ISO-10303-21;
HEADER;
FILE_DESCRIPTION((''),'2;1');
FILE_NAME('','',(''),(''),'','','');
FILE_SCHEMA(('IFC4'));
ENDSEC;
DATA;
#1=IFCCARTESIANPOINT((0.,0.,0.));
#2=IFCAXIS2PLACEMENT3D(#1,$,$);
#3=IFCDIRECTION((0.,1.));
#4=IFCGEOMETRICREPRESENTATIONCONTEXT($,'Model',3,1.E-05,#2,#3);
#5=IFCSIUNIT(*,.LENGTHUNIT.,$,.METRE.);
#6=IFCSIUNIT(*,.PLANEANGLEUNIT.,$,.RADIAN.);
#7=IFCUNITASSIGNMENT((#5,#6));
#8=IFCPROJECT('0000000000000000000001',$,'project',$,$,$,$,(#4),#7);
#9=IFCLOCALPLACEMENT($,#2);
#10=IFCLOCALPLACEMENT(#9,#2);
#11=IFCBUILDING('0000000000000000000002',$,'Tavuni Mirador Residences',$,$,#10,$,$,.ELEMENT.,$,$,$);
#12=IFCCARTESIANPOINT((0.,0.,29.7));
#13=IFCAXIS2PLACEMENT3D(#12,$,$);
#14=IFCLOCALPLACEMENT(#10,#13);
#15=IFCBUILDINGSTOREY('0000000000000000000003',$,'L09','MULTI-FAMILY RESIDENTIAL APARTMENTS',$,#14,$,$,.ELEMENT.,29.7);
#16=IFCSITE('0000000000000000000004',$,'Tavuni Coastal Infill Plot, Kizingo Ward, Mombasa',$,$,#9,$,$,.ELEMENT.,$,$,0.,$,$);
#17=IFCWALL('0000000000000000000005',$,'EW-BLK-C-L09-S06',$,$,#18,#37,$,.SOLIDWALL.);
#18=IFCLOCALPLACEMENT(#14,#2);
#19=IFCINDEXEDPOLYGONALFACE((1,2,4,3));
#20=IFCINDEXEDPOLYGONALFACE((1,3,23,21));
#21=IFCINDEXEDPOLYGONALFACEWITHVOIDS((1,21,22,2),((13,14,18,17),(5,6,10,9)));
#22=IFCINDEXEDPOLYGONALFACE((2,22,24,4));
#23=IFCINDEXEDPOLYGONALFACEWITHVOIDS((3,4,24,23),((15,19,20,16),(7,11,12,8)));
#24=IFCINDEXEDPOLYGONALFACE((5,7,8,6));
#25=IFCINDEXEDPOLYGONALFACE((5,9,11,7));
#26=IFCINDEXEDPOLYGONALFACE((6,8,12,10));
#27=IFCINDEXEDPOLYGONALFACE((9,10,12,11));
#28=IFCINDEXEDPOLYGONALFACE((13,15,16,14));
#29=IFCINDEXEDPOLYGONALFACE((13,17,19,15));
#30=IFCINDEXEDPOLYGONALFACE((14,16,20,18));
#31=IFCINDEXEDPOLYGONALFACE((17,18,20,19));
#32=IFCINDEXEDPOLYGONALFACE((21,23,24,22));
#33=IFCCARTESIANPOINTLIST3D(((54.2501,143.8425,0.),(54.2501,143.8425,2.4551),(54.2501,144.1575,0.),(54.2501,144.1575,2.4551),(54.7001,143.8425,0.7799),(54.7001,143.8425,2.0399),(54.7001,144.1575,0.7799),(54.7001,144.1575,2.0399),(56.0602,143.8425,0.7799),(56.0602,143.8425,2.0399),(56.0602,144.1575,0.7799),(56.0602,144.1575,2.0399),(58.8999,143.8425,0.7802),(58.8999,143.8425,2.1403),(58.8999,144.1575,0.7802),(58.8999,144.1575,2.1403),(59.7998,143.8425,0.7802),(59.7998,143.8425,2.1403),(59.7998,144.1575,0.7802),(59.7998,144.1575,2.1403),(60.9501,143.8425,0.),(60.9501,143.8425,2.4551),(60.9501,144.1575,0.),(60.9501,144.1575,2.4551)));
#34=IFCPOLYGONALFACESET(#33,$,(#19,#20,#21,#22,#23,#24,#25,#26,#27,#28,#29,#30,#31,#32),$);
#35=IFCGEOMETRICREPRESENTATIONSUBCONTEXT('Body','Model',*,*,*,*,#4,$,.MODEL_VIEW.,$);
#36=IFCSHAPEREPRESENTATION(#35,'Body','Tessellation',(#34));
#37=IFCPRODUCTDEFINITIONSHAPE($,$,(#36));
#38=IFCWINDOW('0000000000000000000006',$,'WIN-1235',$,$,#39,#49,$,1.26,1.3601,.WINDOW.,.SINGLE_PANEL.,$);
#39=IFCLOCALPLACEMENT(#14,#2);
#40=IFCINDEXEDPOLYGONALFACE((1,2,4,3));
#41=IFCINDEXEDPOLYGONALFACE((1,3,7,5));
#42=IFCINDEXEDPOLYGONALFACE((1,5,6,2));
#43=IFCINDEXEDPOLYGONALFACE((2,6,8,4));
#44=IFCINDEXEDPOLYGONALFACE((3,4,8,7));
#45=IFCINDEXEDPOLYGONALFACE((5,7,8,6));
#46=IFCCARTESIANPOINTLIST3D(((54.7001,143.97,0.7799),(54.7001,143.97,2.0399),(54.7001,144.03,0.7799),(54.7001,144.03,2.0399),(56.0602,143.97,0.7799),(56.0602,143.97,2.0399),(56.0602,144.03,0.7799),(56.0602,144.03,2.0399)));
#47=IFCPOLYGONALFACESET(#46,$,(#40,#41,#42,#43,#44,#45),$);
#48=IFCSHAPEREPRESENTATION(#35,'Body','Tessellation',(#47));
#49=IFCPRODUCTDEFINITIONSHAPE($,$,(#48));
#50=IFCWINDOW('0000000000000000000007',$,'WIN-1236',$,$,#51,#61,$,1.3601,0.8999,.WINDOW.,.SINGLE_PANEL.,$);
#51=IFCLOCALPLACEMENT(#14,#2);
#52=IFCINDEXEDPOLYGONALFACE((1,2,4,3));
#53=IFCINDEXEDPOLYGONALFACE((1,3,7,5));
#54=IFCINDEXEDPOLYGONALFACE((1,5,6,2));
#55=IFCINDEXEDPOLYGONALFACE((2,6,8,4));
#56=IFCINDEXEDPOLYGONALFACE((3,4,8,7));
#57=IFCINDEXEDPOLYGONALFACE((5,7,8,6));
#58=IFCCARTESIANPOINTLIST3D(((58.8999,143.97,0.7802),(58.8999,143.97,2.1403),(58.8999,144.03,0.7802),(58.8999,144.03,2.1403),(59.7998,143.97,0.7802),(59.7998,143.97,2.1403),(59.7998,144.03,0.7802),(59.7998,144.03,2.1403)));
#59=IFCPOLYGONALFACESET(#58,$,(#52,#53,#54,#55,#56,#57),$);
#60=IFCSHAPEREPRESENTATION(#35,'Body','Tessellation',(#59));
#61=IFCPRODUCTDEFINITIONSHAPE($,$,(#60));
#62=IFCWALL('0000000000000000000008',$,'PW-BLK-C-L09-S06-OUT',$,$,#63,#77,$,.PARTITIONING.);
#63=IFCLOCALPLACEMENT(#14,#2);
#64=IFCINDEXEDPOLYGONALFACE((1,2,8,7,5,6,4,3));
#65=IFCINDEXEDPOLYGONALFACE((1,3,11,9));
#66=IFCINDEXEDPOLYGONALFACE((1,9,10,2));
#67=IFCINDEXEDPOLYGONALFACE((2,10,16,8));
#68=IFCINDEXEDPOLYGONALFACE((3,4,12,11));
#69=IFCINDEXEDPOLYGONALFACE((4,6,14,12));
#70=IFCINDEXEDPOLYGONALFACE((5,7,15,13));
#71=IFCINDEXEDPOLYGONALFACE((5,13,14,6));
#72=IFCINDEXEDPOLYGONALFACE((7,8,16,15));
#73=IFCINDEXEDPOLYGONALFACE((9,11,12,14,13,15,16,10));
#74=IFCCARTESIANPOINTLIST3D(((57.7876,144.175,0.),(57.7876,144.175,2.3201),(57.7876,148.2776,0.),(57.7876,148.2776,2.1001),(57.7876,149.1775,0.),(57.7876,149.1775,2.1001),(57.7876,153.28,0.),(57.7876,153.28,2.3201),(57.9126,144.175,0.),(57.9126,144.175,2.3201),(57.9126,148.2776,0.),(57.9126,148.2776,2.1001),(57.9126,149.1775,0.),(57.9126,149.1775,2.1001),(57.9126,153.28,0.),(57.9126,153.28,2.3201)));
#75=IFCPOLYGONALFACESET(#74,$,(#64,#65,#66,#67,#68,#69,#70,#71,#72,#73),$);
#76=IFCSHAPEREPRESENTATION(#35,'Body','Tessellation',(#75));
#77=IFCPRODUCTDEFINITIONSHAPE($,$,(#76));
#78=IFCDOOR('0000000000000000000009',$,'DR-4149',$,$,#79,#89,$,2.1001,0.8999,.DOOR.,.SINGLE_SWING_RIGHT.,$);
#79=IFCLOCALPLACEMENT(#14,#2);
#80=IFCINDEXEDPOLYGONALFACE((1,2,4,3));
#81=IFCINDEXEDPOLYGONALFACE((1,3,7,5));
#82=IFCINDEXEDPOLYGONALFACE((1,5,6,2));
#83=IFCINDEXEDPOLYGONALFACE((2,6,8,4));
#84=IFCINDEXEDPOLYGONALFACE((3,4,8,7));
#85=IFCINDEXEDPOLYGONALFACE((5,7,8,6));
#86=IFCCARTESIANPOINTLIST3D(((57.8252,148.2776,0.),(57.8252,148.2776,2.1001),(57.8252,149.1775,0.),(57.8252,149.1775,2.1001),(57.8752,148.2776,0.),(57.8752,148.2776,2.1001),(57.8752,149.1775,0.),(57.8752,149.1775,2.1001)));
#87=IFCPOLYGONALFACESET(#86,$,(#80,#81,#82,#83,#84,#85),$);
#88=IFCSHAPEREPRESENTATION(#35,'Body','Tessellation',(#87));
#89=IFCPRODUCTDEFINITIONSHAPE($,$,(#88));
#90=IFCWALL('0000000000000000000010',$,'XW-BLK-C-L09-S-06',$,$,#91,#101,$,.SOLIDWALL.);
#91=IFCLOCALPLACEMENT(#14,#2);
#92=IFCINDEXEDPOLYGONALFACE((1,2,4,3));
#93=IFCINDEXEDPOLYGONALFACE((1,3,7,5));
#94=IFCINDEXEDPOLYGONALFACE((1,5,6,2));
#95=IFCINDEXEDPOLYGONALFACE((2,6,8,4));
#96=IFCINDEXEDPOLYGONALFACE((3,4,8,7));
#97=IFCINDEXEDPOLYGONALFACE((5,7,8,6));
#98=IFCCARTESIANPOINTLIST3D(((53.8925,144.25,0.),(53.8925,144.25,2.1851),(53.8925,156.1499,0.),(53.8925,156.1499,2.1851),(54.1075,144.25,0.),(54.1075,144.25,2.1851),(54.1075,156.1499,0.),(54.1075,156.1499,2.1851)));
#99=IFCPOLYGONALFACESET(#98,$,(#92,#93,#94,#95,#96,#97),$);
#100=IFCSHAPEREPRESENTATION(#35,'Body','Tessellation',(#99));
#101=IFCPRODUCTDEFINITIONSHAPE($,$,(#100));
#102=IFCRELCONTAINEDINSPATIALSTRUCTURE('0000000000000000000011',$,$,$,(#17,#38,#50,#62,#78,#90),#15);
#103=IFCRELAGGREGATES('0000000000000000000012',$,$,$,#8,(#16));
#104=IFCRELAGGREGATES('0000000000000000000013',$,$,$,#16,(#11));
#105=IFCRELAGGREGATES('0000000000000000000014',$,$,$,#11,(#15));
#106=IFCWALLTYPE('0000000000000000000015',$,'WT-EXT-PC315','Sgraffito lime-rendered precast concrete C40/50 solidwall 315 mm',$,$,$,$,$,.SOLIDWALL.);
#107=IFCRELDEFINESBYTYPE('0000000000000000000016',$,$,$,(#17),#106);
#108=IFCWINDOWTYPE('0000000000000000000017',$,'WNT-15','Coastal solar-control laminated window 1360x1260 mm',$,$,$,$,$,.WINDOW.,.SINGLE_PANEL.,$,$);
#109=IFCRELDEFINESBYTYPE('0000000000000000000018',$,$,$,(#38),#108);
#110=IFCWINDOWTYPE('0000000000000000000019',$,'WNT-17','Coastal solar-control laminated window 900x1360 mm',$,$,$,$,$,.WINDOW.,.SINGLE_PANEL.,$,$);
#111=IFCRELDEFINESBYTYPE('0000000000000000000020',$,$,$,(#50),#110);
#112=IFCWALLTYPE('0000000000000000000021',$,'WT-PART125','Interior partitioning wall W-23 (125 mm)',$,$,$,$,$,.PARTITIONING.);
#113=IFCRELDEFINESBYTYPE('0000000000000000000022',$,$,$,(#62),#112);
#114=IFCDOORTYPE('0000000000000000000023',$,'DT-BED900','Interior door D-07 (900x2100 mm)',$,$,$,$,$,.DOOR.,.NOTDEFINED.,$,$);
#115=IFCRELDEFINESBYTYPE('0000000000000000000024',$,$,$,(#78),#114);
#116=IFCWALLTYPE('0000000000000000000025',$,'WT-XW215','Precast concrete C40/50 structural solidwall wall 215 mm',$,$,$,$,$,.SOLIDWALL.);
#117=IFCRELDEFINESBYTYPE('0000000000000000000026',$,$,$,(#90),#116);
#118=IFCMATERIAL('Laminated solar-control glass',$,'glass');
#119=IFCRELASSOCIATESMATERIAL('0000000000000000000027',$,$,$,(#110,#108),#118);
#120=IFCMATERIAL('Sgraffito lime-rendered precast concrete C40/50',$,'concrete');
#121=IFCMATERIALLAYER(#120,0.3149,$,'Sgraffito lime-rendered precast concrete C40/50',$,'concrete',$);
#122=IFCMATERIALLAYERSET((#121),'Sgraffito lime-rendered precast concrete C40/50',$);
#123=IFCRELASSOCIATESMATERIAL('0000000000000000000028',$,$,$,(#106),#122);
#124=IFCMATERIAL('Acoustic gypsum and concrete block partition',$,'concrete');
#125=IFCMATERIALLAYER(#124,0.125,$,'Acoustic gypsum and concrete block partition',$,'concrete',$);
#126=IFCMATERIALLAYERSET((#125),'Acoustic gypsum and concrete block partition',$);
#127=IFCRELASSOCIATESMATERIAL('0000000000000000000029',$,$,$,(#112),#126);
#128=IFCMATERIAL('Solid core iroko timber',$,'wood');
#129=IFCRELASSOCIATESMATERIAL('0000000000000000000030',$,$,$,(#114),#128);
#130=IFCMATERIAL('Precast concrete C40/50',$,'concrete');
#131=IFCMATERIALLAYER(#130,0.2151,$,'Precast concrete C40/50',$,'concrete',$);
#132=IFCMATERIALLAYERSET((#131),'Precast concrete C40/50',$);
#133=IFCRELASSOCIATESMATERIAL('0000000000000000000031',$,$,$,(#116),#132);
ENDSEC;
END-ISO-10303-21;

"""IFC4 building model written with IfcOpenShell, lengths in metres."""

from ifc_helpers import new_model, si_unit, direction, frame, frame_2d, origin, place, context, subcontext, project, spatial, rectangle, extrude, material, layer, layer_set, type_object, element, fill, save


model = new_model("IFC4")

# Units and contexts
model_context = context("Model", 3, precision=1e-05, world=origin(), true_north=direction((0.0, 1.0)))
body_context = subcontext(model_context, "Body", "Model", "MODEL_VIEW")
ifc_project = project(units=[si_unit("LENGTHUNIT", "METRE"), si_unit("PLANEANGLEUNIT", "RADIAN")], contexts=[model_context])

# Site, building, storey
site_placement = place(None, origin())
site = spatial("IfcSite", under=ifc_project, at=site_placement, Name="Tavuni Coastal Infill Plot, Kizingo Ward, Mombasa", CompositionType="ELEMENT", RefElevation=0.0)
building_placement = place(site_placement, origin())
building = spatial("IfcBuilding", under=site, at=building_placement, Name="Tavuni Mirador Residences", CompositionType="ELEMENT")
storey_placement = place(building_placement, frame((0.0, 0.0, 29.7)))
storey = spatial("IfcBuildingStorey", under=building, at=storey_placement, Name="L09", Description="MULTI-FAMILY RESIDENTIAL APARTMENTS", CompositionType="ELEMENT", Elevation=29.7)

# Shared definitions
ifc_material_1 = material(Name="Precast concrete C40/50", Category="concrete")

# Wall, openings, windows
ifc_material_2 = material(Name="Sgraffito lime-rendered precast concrete C40/50", Category="concrete")
ifc_material_3 = material(Name="Laminated solar-control glass", Category="glass")
window_type_1 = type_object("IfcWindowType", Name="WNT-17", Description="Coastal solar-control laminated window 900x1360 mm", PartitioningType="SINGLE_PANEL", PredefinedType="WINDOW", material=ifc_material_3)
ifc_layer_1 = layer(ifc_material_2, 0.3149, Name="Sgraffito lime-rendered precast concrete C40/50", Category="concrete")
ifc_layer_set_1 = layer_set([ifc_layer_1], Name="Sgraffito lime-rendered precast concrete C40/50")
wall_type_1 = type_object("IfcWallType", Name="WT-EXT-PC315", Description="Sgraffito lime-rendered precast concrete C40/50 solidwall 315 mm", PredefinedType="SOLIDWALL", material=ifc_layer_set_1)
wall_1_placement = place(storey_placement, frame((54.25, 144.0, 0.0), z_axis=(0.0, 0.0, 1.0), x_axis=(1.0, 0.0, 0.0)))
wall_1 = element("IfcWall", 1, at=wall_1_placement, inside=storey, type_object=wall_type_1, Name="EW-BLK-C-L09-S06", PredefinedType="SOLIDWALL", context=body_context, shape_type="SweptSolid", body=[
    extrude(rectangle(XDim=6.7, YDim=0.3149, at=frame_2d((3.3501, 0.0))), origin(), (0.0, 0.0, 1.0), 2.4551),
])
opening_1_placement = place(wall_1_placement, frame((0.45, 0.0, 0.78)))
opening_1 = element("IfcOpeningElement", 2, at=opening_1_placement, cuts=wall_1, PredefinedType="OPENING", context=body_context, shape_type="SweptSolid", body=[
    extrude(rectangle(XDim=1.3601, YDim=1.26, at=frame_2d((0.6802, 0.6299))), frame((0.0, 0.1675, 0.0), z_axis=(0.0, -1.0, 0.0), x_axis=(1.0, 0.0, 0.0)), (0.0, 0.0, 1.0), 0.335),
])
opening_2_placement = place(wall_1_placement, frame((4.6499, 0.0, 0.78)))
opening_2 = element("IfcOpeningElement", 3, at=opening_2_placement, cuts=wall_1, PredefinedType="OPENING", context=body_context, shape_type="SweptSolid", body=[
    extrude(rectangle(XDim=0.8999, YDim=1.3601, at=frame_2d((0.45, 0.6802))), frame((0.0, 0.1675, 0.0), z_axis=(0.0, -1.0, 0.0), x_axis=(1.0, 0.0, 0.0)), (0.0, 0.0, 1.0), 0.335),
])
window_type_2 = type_object("IfcWindowType", Name="WNT-15", Description="Coastal solar-control laminated window 1360x1260 mm", PartitioningType="SINGLE_PANEL", PredefinedType="WINDOW", material=ifc_material_3)
window_1_placement = place(opening_1_placement, origin())
window_1 = element("IfcWindow", 4, at=window_1_placement, inside=storey, type_object=window_type_2, Name="WIN-1235", OverallHeight=1.26, OverallWidth=1.3601, PartitioningType="SINGLE_PANEL", PredefinedType="WINDOW", context=body_context, shape_type="SweptSolid", body=[
    extrude(rectangle(XDim=1.3601, YDim=1.26, at=frame_2d((0.6802, 0.6299))), frame((0.0, 0.03, 0.0), z_axis=(0.0, -1.0, 0.0), x_axis=(1.0, 0.0, 0.0)), (0.0, 0.0, 1.0), 0.0601),
])
fill(opening_1, window_1)
window_2_placement = place(opening_2_placement, origin())
window_2 = element("IfcWindow", 5, at=window_2_placement, inside=storey, type_object=window_type_1, Name="WIN-1236", OverallHeight=1.3601, OverallWidth=0.8999, PartitioningType="SINGLE_PANEL", PredefinedType="WINDOW", context=body_context, shape_type="SweptSolid", body=[
    extrude(rectangle(XDim=0.8999, YDim=1.3601, at=frame_2d((0.45, 0.6802))), frame((0.0, 0.03, 0.0), z_axis=(0.0, -1.0, 0.0), x_axis=(1.0, 0.0, 0.0)), (0.0, 0.0, 1.0), 0.0601),
])
fill(opening_2, window_2)

# Wall, opening, door
ifc_material_4 = material(Name="Acoustic gypsum and concrete block partition", Category="concrete")
ifc_layer_2 = layer(ifc_material_4, 0.125, Name="Acoustic gypsum and concrete block partition", Category="concrete")
ifc_layer_set_2 = layer_set([ifc_layer_2], Name="Acoustic gypsum and concrete block partition")
wall_type_2 = type_object("IfcWallType", Name="WT-PART125", Description="Interior partitioning wall W-23 (125 mm)", PredefinedType="PARTITIONING", material=ifc_layer_set_2)
wall_2_placement = place(storey_placement, frame((57.8501, 144.175, 0.0), z_axis=(0.0, 0.0, 1.0), x_axis=(0.0, 1.0, 0.0)))
wall_2 = element("IfcWall", 6, at=wall_2_placement, inside=storey, type_object=wall_type_2, Name="PW-BLK-C-L09-S06-OUT", PredefinedType="PARTITIONING", context=body_context, shape_type="SweptSolid", body=[
    extrude(rectangle(XDim=9.105, YDim=0.125, at=frame_2d((4.5525, 0.0))), origin(), (0.0, 0.0, 1.0), 2.3201),
])
opening_3_placement = place(wall_2_placement, frame((4.1025, 0.0, 0.0)))
opening_3 = element("IfcOpeningElement", 7, at=opening_3_placement, cuts=wall_2, PredefinedType="OPENING", context=body_context, shape_type="SweptSolid", body=[
    extrude(rectangle(XDim=0.8999, YDim=2.1001, at=frame_2d((0.45, 1.05))), frame((0.0, 0.0725, 0.0), z_axis=(0.0, -1.0, 0.0), x_axis=(1.0, 0.0, 0.0)), (0.0, 0.0, 1.0), 0.145),
])
ifc_material_5 = material(Name="Solid core iroko timber", Category="wood")
door_type = type_object("IfcDoorType", Name="DT-BED900", Description="Interior door D-07 (900x2100 mm)", OperationType="NOTDEFINED", PredefinedType="DOOR", material=ifc_material_5)
door_placement = place(opening_3_placement, origin())
door = element("IfcDoor", 8, at=door_placement, inside=storey, type_object=door_type, Name="DR-4149", OperationType="SINGLE_SWING_RIGHT", OverallHeight=2.1001, OverallWidth=0.8999, PredefinedType="DOOR", context=body_context, shape_type="SweptSolid", body=[
    extrude(rectangle(XDim=0.8999, YDim=2.1001, at=frame_2d((0.45, 1.05))), frame((0.0, 0.0249, 0.0), z_axis=(0.0, -1.0, 0.0), x_axis=(1.0, 0.0, 0.0)), (0.0, 0.0, 1.0), 0.05),
])
fill(opening_3, door)

# Wall
ifc_layer_3 = layer(ifc_material_1, 0.2151, Name="Precast concrete C40/50", Category="concrete")
ifc_layer_set_3 = layer_set([ifc_layer_3], Name="Precast concrete C40/50")
wall_type_3 = type_object("IfcWallType", Name="WT-XW215", Description="Precast concrete C40/50 structural solidwall wall 215 mm", PredefinedType="SOLIDWALL", material=ifc_layer_set_3)
wall_3_placement = place(storey_placement, frame((54.0, 144.25, 0.0), z_axis=(0.0, 0.0, 1.0), x_axis=(0.0, 1.0, 0.0)))
element("IfcWall", 9, at=wall_3_placement, inside=storey, type_object=wall_type_3, Name="XW-BLK-C-L09-S-06", PredefinedType="SOLIDWALL", context=body_context, shape_type="SweptSolid", body=[
    extrude(rectangle(XDim=11.8999, YDim=0.2151, at=frame_2d((5.95, 0.0))), origin(), (0.0, 0.0, 1.0), 2.1851),
])

save(model, "model.ifc")
